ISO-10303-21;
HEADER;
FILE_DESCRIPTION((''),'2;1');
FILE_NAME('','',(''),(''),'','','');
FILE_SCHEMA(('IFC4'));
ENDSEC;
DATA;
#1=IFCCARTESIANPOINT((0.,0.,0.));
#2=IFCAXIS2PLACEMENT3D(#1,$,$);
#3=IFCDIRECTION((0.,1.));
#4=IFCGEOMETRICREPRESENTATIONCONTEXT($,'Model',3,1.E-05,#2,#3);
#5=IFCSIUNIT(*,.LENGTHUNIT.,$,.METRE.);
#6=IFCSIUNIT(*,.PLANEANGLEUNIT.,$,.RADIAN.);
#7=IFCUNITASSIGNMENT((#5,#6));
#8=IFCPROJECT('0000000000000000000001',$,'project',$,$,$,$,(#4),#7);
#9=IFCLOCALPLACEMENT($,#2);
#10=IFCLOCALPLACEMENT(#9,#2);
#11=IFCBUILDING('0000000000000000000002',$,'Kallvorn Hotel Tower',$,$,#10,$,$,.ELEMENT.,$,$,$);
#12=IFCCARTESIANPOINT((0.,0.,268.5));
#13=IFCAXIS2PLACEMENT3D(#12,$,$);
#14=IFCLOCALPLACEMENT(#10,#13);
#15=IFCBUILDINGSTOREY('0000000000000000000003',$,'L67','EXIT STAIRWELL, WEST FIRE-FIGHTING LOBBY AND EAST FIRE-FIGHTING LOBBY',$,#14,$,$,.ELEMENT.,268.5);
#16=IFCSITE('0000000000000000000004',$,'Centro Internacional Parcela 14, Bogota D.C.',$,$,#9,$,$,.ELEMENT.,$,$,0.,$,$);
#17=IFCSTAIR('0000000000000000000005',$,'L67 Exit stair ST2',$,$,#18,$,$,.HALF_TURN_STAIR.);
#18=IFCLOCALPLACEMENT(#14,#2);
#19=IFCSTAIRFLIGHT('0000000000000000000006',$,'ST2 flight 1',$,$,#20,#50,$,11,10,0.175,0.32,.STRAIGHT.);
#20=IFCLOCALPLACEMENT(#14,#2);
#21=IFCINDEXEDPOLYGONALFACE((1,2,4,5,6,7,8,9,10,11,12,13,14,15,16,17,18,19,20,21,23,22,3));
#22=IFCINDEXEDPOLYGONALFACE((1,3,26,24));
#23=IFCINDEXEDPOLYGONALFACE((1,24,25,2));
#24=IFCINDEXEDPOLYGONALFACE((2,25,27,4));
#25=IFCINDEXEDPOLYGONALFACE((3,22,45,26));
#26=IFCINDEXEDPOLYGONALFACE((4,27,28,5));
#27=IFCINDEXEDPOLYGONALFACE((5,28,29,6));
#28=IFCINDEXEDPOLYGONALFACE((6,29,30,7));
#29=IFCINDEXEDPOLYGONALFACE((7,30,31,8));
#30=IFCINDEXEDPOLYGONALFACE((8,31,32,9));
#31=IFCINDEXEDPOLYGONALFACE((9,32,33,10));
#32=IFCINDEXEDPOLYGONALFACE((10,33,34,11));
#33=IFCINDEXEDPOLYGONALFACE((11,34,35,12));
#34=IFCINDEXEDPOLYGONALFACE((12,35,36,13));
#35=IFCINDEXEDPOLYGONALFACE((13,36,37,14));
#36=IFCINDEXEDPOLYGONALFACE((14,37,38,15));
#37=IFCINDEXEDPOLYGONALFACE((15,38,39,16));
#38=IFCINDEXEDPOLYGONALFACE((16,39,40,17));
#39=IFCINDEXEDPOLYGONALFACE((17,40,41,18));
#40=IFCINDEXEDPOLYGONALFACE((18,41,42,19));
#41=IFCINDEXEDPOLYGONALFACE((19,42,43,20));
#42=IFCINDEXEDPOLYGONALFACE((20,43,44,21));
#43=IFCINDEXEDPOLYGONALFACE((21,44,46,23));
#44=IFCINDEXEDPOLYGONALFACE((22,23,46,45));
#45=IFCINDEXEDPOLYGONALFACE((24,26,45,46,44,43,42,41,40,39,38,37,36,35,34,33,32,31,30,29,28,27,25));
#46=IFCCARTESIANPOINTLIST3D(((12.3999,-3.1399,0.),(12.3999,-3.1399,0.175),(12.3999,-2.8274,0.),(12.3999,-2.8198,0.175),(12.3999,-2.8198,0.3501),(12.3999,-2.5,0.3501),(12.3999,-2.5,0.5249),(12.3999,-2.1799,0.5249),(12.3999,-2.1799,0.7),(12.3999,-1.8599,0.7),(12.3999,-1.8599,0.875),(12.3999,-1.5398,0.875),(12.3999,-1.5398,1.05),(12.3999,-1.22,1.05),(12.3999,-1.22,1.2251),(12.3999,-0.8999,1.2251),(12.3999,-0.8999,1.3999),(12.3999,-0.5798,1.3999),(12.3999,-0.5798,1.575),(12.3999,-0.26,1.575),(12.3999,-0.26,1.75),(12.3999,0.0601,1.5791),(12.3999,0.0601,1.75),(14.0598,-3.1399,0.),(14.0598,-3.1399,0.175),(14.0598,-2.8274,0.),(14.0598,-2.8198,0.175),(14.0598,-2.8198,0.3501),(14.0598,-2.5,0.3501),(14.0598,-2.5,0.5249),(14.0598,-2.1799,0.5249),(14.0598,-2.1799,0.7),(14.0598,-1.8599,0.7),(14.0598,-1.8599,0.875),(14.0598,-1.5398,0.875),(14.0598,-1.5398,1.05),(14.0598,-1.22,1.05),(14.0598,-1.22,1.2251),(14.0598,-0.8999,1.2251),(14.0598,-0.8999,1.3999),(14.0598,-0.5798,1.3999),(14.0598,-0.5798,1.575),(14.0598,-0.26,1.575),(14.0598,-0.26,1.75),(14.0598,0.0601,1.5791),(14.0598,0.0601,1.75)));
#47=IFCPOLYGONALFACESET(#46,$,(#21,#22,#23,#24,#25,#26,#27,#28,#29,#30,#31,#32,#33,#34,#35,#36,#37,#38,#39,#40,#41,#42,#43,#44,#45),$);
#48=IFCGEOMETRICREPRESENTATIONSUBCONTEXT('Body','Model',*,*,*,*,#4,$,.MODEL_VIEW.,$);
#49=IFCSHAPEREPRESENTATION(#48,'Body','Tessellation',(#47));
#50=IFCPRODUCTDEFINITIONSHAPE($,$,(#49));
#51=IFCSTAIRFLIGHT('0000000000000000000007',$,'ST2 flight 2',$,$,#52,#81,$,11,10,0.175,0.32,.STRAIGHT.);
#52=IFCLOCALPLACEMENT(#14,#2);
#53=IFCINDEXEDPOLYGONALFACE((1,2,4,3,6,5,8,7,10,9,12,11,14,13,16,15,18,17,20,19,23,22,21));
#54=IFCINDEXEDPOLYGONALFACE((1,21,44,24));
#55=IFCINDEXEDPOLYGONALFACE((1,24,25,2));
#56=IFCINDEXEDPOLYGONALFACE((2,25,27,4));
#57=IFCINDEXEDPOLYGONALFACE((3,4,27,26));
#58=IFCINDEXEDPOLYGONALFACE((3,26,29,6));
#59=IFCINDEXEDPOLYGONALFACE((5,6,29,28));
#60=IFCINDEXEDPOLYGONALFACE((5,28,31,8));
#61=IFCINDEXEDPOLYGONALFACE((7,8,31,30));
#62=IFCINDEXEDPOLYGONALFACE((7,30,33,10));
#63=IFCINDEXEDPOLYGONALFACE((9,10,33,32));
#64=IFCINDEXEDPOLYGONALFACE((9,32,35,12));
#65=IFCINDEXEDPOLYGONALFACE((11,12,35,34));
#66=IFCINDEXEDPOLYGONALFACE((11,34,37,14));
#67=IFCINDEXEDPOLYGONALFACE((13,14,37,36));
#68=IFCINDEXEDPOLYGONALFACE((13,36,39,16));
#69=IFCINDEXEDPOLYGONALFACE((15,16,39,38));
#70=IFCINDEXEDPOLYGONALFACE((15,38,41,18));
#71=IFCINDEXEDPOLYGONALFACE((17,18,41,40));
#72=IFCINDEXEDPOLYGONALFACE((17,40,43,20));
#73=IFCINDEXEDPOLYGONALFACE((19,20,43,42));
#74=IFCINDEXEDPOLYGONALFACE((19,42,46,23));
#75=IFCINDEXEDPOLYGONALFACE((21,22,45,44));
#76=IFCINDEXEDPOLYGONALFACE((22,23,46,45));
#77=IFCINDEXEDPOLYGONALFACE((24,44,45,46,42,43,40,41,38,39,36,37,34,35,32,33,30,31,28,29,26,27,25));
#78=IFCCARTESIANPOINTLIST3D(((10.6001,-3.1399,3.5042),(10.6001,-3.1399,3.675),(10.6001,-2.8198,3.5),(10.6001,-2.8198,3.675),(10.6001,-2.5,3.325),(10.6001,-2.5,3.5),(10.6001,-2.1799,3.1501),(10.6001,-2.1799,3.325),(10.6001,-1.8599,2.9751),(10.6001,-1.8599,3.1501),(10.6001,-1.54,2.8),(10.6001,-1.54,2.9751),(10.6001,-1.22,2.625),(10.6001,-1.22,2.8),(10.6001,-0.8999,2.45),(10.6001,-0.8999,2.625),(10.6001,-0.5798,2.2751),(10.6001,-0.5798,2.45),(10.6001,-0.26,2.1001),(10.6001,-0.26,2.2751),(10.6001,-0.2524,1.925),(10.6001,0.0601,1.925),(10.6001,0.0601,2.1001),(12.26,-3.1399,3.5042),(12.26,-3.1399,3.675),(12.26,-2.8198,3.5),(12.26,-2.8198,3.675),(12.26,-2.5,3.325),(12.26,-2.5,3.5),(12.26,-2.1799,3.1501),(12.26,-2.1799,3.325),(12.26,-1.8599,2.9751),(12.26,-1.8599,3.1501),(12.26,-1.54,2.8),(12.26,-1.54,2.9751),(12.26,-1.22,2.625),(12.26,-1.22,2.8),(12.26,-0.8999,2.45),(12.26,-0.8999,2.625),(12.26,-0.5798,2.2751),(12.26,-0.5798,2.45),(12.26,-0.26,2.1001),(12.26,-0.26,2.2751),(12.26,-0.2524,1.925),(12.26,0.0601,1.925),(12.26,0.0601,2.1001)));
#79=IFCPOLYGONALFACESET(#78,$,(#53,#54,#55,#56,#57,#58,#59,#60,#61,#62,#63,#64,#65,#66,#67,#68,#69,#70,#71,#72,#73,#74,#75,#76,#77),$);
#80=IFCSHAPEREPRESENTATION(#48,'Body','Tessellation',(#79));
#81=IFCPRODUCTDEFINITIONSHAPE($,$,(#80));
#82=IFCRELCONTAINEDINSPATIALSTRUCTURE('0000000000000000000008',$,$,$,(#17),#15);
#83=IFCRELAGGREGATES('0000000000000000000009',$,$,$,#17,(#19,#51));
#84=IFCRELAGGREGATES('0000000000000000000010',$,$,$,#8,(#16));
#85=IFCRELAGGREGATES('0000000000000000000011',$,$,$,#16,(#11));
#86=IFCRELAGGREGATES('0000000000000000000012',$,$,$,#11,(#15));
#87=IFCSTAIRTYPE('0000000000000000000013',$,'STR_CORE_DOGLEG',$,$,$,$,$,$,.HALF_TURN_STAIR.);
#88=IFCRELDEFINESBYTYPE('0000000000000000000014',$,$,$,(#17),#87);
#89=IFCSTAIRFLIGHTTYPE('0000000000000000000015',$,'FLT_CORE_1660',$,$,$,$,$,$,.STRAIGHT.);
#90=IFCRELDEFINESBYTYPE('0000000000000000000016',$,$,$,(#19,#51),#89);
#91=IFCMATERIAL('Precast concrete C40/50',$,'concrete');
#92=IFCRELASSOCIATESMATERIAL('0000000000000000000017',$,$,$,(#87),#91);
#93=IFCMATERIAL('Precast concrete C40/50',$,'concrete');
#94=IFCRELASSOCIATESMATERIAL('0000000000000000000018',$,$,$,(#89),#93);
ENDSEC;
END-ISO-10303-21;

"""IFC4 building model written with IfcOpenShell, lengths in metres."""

from ifc_helpers import new_model, si_unit, direction, frame, origin, place, context, subcontext, project, spatial, polyline, outline, extrude, material, type_object, element, aggregate, save


model = new_model("IFC4")

# Units and contexts
model_context = context("Model", 3, precision=1e-05, world=origin(), true_north=direction((0.0, 1.0)))
body_context = subcontext(model_context, "Body", "Model", "MODEL_VIEW")
ifc_project = project(units=[si_unit("LENGTHUNIT", "METRE"), si_unit("PLANEANGLEUNIT", "RADIAN")], contexts=[model_context])

# Site, building, storey
site_placement = place(None, origin())
site = spatial("IfcSite", under=ifc_project, at=site_placement, Name="Centro Internacional Parcela 14, Bogota D.C.", CompositionType="ELEMENT", RefElevation=0.0)
building_placement = place(site_placement, origin())
building = spatial("IfcBuilding", under=site, at=building_placement, Name="Kallvorn Hotel Tower", CompositionType="ELEMENT")
storey_placement = place(building_placement, frame((0.0, 0.0, 268.5)))
storey = spatial("IfcBuildingStorey", under=building, at=storey_placement, Name="L67", Description="EXIT STAIRWELL, WEST FIRE-FIGHTING LOBBY AND EAST FIRE-FIGHTING LOBBY", CompositionType="ELEMENT", Elevation=268.5)

# Stair, stair flights
ifc_material_1 = material(Name="Precast concrete C40/50", Category="concrete")
stair_type = type_object("IfcStairType", Name="STR_CORE_DOGLEG", PredefinedType="HALF_TURN_STAIR", material=ifc_material_1)
stair_placement = place(storey_placement, origin())
stair = element("IfcStair", 1, at=stair_placement, inside=storey, type_object=stair_type, Name="L67 Exit stair ST2", PredefinedType="HALF_TURN_STAIR")
ifc_material_2 = material(Name="Precast concrete C40/50", Category="concrete")
stair_flight_type = type_object("IfcStairFlightType", Name="FLT_CORE_1660", PredefinedType="STRAIGHT", material=ifc_material_2)
stair_flight_1_placement = place(storey_placement, frame((13.23, -3.1399, 0.0), z_axis=(0.0, 0.0, 1.0), x_axis=(0.0, 1.0, 0.0)))
stair_flight_1 = element("IfcStairFlight", 2, at=stair_flight_1_placement, type_object=stair_flight_type, Name="ST2 flight 1", NumberOfRisers=11, NumberOfTreads=10, PredefinedType="STRAIGHT", RiserHeight=0.175, TreadLength=0.32, context=body_context, shape_type="SweptSolid", body=[
    extrude(outline(polyline([(0.0, 0.0), (0.0, 0.175), (0.3201, 0.175), (0.3201, 0.3501), (0.6399, 0.3501), (0.6399, 0.5249), (0.96, 0.5249), (0.96, 0.7), (1.28, 0.7), (1.28, 0.875), (1.6001, 0.875), (1.6001, 1.05), (1.9199, 1.05), (1.9199, 1.2251), (2.24, 1.2251), (2.24, 1.3999), (2.5601, 1.3999), (2.5601, 1.575), (2.8799, 1.575), (2.8799, 1.75), (3.2, 1.75), (3.2, 1.925), (3.2, 1.5791), (0.3125, 0.0), (0.0, 0.0)])), frame((0.0, 0.8301, 0.0), z_axis=(0.0, -1.0, 0.0), x_axis=(1.0, 0.0, 0.0)), (0.0, 0.0, 1.0), 1.6599),
])
stair_flight_2_placement = place(storey_placement, frame((11.4299, 0.0601, 1.925), z_axis=(0.0, 0.0, 1.0), x_axis=(0.0, -1.0, 0.0)))
stair_flight_2 = element("IfcStairFlight", 3, at=stair_flight_2_placement, type_object=stair_flight_type, Name="ST2 flight 2", NumberOfRisers=11, NumberOfTreads=10, PredefinedType="STRAIGHT", RiserHeight=0.175, TreadLength=0.32, context=body_context, shape_type="SweptSolid", body=[
    extrude(outline(polyline([(0.0, 0.0), (0.0, 0.175), (0.3201, 0.175), (0.3201, 0.3501), (0.6399, 0.3501), (0.6399, 0.5249), (0.96, 0.5249), (0.96, 0.7), (1.28, 0.7), (1.28, 0.875), (1.6001, 0.875), (1.6001, 1.05), (1.9199, 1.05), (1.9199, 1.2251), (2.24, 1.2251), (2.24, 1.3999), (2.5601, 1.3999), (2.5601, 1.575), (2.8799, 1.575), (2.8799, 1.75), (3.2, 1.75), (3.2, 1.925), (3.2, 1.5791), (0.3125, 0.0), (0.0, 0.0)])), frame((0.0, 0.8301, 0.0), z_axis=(0.0, -1.0, 0.0), x_axis=(1.0, 0.0, 0.0)), (0.0, 0.0, 1.0), 1.6599),
])
aggregate(stair, [stair_flight_1, stair_flight_2])

save(model, "model.ifc")
